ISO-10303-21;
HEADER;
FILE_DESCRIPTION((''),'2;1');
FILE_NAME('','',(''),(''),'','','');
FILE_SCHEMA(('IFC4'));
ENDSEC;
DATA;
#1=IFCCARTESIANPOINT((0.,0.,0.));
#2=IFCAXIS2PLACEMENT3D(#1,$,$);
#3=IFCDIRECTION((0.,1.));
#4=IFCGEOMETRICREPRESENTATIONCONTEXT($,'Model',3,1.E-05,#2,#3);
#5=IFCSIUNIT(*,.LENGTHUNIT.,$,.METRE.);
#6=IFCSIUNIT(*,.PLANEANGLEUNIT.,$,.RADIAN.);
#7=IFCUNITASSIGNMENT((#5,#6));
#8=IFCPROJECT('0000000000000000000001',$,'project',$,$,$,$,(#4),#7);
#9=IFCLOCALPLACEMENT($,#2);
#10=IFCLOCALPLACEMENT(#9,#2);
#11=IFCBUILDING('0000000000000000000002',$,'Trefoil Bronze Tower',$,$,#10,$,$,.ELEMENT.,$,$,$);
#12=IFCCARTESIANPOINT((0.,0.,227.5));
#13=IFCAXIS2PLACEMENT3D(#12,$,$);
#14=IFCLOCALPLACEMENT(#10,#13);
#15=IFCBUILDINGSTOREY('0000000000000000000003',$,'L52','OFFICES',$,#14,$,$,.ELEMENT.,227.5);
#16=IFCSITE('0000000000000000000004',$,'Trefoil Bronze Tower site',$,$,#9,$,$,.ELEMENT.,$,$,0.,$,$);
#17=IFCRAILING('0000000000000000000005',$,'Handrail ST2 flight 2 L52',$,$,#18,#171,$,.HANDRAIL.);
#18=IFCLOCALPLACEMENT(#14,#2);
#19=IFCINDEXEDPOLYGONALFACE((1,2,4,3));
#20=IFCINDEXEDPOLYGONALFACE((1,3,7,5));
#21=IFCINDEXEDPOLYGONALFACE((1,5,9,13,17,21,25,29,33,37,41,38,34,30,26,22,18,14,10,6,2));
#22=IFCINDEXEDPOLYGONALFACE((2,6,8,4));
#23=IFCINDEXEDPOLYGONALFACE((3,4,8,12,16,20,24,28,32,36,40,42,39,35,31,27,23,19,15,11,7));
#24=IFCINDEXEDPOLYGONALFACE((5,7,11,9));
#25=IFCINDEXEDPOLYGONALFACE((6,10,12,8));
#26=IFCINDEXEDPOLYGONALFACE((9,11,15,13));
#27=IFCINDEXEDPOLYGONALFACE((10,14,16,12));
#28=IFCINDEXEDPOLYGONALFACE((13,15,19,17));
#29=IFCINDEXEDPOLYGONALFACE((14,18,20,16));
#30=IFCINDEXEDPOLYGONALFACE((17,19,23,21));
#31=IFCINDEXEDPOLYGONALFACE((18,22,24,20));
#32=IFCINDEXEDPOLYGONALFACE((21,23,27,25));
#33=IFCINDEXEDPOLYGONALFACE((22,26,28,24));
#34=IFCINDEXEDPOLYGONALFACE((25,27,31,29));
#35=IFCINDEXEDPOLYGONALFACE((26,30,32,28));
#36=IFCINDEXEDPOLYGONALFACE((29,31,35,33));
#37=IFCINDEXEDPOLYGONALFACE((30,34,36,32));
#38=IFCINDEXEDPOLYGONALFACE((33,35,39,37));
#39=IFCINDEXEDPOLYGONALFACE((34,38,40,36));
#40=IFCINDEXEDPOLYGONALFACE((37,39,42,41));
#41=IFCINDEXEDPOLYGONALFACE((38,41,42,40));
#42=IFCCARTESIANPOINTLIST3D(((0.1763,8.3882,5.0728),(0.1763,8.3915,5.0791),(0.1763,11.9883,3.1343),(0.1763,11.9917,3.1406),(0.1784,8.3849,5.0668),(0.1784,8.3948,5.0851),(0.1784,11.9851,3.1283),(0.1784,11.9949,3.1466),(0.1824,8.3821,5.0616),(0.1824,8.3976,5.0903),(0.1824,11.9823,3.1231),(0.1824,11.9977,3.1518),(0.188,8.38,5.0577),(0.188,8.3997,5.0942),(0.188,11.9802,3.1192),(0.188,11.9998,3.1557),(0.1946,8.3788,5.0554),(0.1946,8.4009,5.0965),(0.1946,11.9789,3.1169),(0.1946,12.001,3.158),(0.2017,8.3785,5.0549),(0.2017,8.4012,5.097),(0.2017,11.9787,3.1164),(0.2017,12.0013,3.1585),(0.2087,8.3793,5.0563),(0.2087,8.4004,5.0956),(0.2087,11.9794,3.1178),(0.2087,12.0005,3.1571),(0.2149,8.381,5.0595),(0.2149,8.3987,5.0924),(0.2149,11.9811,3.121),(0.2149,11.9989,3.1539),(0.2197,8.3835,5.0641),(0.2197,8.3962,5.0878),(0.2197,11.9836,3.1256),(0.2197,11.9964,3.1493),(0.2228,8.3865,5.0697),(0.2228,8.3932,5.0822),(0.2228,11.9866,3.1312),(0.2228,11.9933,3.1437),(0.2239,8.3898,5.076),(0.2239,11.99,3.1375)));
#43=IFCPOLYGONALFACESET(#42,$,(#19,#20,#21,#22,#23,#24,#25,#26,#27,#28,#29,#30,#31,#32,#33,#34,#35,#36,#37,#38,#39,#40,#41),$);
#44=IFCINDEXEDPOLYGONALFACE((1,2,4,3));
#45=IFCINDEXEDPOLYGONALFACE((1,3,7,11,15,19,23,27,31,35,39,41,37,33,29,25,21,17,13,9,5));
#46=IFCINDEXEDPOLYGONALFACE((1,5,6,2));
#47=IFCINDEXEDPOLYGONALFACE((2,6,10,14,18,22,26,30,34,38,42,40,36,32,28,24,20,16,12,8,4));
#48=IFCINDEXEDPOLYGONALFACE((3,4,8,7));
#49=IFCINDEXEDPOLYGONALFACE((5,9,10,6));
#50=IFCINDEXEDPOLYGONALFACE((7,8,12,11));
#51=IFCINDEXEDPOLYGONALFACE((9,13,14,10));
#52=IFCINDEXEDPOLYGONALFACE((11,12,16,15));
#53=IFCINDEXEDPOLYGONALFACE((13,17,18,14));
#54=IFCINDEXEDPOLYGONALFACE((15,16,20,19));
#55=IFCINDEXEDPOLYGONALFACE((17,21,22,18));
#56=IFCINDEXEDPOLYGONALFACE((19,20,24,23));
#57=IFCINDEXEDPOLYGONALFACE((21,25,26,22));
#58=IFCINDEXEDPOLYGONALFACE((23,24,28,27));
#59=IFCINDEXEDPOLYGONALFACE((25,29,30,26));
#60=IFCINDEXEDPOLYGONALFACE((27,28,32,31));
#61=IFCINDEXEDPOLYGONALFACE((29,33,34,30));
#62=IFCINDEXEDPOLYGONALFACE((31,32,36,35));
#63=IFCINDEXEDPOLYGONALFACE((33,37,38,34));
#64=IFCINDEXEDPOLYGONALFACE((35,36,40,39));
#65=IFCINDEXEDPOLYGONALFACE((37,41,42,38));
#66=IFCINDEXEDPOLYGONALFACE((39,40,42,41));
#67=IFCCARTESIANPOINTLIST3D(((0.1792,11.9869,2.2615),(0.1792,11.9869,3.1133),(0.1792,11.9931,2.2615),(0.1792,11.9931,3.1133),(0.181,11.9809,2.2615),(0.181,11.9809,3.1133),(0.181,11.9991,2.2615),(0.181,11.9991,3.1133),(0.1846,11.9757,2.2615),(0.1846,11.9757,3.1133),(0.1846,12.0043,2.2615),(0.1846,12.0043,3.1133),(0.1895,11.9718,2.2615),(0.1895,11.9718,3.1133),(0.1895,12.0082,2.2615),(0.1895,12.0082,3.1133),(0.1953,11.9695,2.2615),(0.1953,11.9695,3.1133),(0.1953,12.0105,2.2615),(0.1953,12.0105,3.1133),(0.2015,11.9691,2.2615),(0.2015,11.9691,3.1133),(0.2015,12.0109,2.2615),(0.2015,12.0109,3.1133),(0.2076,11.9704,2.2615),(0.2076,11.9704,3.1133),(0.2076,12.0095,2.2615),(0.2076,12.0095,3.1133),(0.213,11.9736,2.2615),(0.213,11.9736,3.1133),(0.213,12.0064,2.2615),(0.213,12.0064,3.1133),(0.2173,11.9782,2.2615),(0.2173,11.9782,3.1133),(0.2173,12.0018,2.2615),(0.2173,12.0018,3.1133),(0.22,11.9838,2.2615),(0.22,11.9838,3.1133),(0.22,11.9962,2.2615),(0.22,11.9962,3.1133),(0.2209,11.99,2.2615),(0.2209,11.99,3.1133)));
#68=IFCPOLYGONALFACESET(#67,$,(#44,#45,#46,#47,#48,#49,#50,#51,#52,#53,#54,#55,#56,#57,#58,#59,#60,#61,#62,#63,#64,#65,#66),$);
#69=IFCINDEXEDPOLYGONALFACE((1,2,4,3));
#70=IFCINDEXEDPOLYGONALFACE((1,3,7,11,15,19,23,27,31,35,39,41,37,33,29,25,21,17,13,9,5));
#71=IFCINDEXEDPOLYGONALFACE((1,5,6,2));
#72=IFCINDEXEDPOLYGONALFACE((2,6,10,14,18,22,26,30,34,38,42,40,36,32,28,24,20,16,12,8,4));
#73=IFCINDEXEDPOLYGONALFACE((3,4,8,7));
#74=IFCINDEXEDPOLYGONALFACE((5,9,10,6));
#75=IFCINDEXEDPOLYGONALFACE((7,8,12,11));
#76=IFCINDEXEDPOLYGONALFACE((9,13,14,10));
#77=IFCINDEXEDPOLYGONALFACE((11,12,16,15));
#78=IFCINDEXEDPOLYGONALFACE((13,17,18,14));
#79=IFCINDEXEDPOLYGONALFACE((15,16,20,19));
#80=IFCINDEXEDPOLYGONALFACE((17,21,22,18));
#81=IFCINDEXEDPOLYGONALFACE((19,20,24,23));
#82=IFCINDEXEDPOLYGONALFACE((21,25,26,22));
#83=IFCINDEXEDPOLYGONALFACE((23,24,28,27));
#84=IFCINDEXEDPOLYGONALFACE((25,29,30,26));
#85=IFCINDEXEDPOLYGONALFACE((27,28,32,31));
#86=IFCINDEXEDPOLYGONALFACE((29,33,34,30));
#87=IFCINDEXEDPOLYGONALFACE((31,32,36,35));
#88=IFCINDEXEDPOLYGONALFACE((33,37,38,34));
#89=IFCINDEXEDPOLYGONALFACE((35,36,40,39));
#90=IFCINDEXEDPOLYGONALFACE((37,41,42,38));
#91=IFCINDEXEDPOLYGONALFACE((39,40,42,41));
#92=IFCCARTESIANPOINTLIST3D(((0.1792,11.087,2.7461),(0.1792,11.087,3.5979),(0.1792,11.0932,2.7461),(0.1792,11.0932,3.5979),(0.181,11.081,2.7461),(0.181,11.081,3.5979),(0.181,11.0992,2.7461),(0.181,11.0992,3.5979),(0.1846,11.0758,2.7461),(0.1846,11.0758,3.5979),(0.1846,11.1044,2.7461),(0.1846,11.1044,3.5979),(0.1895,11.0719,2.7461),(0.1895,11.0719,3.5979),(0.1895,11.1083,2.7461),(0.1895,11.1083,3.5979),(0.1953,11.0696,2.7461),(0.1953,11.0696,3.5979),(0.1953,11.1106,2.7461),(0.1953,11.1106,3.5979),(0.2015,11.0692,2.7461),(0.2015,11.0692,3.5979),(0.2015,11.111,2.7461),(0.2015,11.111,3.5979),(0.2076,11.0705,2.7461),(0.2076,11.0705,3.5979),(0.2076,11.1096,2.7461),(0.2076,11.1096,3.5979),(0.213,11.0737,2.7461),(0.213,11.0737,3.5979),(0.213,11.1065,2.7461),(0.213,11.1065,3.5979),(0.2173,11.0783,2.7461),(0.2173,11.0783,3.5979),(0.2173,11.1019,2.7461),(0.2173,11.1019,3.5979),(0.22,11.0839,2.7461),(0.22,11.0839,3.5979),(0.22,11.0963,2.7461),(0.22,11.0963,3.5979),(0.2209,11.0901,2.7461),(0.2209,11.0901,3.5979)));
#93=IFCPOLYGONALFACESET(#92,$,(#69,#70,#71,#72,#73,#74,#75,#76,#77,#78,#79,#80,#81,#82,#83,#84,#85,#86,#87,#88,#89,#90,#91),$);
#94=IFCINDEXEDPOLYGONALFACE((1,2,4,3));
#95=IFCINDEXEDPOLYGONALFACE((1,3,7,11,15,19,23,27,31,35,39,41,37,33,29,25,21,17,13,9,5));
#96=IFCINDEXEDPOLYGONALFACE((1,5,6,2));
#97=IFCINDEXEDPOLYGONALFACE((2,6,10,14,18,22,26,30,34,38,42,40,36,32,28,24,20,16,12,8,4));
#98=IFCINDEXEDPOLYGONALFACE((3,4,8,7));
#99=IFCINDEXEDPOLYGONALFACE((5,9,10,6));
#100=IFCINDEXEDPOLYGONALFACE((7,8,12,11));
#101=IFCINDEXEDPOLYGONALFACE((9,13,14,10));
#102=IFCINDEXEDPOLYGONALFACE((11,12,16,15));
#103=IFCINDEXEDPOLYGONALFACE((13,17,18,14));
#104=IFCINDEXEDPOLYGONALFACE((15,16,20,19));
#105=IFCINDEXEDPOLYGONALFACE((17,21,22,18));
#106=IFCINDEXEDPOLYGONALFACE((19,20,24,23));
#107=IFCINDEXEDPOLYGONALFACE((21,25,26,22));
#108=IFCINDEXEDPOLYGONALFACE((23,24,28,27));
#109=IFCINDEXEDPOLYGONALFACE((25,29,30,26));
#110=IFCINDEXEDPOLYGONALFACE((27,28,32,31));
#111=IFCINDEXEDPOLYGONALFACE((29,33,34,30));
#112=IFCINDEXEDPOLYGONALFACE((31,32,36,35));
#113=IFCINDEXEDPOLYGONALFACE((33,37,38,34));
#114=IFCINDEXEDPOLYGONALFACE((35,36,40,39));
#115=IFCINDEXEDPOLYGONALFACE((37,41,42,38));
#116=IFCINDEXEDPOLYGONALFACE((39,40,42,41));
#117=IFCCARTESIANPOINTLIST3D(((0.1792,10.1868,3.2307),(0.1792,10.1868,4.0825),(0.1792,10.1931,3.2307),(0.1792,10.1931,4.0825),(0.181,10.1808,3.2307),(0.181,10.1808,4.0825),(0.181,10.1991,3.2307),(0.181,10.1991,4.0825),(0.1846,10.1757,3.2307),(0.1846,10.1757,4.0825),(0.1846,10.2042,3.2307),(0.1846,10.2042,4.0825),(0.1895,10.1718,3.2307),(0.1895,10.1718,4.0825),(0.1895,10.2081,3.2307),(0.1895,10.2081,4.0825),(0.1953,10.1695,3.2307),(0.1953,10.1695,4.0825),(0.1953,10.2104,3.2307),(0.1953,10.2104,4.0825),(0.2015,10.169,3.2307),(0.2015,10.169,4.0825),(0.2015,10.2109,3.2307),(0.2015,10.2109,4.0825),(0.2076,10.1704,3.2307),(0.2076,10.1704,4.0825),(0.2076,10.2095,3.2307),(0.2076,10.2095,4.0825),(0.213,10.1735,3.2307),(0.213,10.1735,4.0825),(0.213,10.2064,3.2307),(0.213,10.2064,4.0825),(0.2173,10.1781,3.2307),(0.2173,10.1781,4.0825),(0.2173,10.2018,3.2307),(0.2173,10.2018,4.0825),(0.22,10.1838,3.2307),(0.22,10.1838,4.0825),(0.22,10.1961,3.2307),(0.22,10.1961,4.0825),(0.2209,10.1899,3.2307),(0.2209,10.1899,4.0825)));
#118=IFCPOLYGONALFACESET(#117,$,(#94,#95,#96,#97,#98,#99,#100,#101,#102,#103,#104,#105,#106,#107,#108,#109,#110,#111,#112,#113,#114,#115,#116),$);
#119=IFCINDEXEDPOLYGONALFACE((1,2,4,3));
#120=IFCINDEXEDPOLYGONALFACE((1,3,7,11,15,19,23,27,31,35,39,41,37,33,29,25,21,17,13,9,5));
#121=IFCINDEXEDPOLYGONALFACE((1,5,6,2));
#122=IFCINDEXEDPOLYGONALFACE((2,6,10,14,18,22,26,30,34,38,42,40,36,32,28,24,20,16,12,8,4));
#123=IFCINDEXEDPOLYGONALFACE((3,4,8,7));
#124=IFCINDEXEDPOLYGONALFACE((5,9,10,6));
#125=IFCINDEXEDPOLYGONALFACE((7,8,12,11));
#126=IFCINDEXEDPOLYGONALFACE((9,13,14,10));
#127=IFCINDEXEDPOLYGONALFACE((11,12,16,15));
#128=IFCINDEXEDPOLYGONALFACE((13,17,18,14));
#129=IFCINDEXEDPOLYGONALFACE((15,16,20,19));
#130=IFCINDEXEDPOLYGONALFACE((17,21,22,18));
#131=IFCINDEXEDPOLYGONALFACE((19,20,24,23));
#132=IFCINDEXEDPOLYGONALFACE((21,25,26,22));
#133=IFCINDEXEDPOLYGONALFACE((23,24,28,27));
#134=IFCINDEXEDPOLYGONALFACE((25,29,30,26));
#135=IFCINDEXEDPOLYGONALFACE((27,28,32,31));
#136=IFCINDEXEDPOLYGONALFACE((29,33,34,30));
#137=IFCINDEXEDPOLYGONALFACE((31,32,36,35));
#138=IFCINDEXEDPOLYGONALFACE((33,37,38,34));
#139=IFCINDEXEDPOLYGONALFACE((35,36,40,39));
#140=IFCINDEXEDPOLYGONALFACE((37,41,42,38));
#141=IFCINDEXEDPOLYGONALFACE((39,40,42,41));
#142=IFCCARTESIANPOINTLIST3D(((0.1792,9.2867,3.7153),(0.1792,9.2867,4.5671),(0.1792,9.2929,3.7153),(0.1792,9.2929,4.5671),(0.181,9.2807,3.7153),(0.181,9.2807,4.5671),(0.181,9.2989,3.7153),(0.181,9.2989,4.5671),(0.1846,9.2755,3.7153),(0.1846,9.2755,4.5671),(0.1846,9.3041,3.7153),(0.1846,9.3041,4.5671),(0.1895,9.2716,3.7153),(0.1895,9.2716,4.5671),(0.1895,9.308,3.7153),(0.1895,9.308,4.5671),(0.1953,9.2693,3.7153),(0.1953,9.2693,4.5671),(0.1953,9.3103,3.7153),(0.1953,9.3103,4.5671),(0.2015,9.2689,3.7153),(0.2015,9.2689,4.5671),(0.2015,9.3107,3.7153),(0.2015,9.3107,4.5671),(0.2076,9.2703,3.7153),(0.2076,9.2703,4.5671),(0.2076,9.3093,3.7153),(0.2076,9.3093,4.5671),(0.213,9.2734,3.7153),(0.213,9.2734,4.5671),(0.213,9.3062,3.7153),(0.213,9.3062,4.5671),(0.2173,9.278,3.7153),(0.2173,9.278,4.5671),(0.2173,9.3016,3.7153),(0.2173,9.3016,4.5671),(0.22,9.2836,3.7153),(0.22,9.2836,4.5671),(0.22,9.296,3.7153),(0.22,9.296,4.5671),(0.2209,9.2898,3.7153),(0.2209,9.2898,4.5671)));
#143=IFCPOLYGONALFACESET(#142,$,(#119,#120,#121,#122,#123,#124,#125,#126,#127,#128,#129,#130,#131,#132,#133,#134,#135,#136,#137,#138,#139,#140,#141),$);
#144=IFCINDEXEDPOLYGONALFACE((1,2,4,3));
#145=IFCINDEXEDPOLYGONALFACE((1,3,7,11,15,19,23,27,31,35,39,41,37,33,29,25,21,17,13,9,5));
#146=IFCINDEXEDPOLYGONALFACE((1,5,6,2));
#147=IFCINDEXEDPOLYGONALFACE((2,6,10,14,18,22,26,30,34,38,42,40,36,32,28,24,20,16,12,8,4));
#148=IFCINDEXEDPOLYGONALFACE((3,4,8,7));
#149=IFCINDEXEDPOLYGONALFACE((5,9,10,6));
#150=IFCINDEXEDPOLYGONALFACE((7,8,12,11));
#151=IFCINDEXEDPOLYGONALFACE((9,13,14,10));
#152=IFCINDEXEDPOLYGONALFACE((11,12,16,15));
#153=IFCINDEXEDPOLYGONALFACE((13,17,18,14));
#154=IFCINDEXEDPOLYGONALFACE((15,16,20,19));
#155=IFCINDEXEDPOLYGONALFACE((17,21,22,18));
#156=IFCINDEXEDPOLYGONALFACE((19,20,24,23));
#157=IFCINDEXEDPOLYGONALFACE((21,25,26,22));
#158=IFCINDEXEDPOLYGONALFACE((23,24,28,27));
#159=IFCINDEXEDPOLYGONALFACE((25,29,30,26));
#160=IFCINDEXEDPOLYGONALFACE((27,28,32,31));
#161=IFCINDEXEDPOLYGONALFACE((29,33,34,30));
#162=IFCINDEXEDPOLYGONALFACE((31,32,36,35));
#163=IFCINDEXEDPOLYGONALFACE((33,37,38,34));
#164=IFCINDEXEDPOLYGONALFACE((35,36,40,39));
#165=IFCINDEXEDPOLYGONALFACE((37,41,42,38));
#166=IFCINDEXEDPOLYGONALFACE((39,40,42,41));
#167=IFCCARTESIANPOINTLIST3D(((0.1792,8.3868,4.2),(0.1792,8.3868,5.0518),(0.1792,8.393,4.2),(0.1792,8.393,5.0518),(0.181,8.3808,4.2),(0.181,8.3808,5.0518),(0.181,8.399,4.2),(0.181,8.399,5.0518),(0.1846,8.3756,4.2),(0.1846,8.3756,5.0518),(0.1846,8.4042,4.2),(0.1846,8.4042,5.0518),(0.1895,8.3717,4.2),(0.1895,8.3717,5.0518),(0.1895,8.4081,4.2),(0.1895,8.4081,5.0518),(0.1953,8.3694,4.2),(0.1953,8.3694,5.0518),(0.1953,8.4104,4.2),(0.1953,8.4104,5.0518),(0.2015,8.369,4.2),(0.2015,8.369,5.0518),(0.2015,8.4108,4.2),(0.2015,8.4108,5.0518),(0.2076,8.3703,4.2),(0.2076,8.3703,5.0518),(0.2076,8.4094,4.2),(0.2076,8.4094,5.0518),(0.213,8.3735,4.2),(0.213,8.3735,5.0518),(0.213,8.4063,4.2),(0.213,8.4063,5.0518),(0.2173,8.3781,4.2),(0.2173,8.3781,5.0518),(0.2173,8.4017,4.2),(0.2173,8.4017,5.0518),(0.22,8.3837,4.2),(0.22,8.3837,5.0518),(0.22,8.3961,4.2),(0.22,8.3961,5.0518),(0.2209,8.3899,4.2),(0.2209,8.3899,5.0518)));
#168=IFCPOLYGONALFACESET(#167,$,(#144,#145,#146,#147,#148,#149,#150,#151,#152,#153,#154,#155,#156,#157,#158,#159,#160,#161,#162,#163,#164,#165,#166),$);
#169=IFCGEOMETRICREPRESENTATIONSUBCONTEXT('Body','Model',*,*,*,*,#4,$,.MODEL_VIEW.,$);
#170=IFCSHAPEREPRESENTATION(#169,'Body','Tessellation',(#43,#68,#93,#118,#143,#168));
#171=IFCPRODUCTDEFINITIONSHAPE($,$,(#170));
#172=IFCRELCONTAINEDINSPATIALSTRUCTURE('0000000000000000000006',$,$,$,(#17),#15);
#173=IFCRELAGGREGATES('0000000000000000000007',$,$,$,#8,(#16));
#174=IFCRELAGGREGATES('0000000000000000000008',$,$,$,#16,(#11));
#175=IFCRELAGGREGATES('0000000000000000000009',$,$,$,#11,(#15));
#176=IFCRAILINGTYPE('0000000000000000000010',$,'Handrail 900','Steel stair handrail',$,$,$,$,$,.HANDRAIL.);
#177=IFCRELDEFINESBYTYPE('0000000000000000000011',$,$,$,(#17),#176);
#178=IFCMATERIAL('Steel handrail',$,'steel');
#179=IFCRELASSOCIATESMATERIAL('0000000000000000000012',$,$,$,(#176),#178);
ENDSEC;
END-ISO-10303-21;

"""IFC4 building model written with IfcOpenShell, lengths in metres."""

from ifc_helpers import new_model, si_unit, direction, frame, origin, origin_2d, place, context, subcontext, project, spatial, circle, extrude, material, type_object, element, save


model = new_model("IFC4")

# Units and contexts
model_context = context("Model", 3, precision=1e-05, world=origin(), true_north=direction((0.0, 1.0)))
body_context = subcontext(model_context, "Body", "Model", "MODEL_VIEW")
ifc_project = project(units=[si_unit("LENGTHUNIT", "METRE"), si_unit("PLANEANGLEUNIT", "RADIAN")], contexts=[model_context])

# Site, building, storey
site_placement = place(None, origin())
site = spatial("IfcSite", under=ifc_project, at=site_placement, Name="Trefoil Bronze Tower site", CompositionType="ELEMENT", RefElevation=0.0)
building_placement = place(site_placement, origin())
building = spatial("IfcBuilding", under=site, at=building_placement, Name="Trefoil Bronze Tower", CompositionType="ELEMENT")
storey_placement = place(building_placement, frame((0.0, 0.0, 227.5)))
storey = spatial("IfcBuildingStorey", under=building, at=storey_placement, Name="L52", Description="OFFICES", CompositionType="ELEMENT", Elevation=227.5)

# Railing
ifc_material_1 = material(Name="Steel handrail", Category="steel")
railing_type = type_object("IfcRailingType", Name="Handrail 900", Description="Steel stair handrail", PredefinedType="HANDRAIL", material=ifc_material_1)
railing_placement = place(storey_placement, frame((0.2, 11.99, 2.2615)))
element("IfcRailing", 1, at=railing_placement, inside=storey, type_object=railing_type, Name="Handrail ST2 flight 2 L52", PredefinedType="HANDRAIL", context=body_context, shape_type="SweptSolid", body=[
    extrude(circle(Radius=0.0239, at=origin_2d()), frame((0.0, 0.0, 0.876), z_axis=(0.0, -0.880475, 0.474093), x_axis=(1.0, 0.0, 0.0)), (0.0, 0.0, 1.0), 4.0889),
    extrude(circle(Radius=0.021, at=origin_2d()), origin(), (0.0, 0.0, 1.0), 0.8518),
    extrude(circle(Radius=0.021, at=origin_2d()), frame((0.0, -0.8999, 0.4846)), (0.0, 0.0, 1.0), 0.8518),
    extrude(circle(Radius=0.021, at=origin_2d()), frame((0.0, -1.8, 0.9692)), (0.0, 0.0, 1.0), 0.8518),
    extrude(circle(Radius=0.021, at=origin_2d()), frame((0.0, -2.7002, 1.4539)), (0.0, 0.0, 1.0), 0.8518),
    extrude(circle(Radius=0.021, at=origin_2d()), frame((0.0, -3.6001, 1.9385)), (0.0, 0.0, 1.0), 0.8518),
])

save(model, "model.ifc")
